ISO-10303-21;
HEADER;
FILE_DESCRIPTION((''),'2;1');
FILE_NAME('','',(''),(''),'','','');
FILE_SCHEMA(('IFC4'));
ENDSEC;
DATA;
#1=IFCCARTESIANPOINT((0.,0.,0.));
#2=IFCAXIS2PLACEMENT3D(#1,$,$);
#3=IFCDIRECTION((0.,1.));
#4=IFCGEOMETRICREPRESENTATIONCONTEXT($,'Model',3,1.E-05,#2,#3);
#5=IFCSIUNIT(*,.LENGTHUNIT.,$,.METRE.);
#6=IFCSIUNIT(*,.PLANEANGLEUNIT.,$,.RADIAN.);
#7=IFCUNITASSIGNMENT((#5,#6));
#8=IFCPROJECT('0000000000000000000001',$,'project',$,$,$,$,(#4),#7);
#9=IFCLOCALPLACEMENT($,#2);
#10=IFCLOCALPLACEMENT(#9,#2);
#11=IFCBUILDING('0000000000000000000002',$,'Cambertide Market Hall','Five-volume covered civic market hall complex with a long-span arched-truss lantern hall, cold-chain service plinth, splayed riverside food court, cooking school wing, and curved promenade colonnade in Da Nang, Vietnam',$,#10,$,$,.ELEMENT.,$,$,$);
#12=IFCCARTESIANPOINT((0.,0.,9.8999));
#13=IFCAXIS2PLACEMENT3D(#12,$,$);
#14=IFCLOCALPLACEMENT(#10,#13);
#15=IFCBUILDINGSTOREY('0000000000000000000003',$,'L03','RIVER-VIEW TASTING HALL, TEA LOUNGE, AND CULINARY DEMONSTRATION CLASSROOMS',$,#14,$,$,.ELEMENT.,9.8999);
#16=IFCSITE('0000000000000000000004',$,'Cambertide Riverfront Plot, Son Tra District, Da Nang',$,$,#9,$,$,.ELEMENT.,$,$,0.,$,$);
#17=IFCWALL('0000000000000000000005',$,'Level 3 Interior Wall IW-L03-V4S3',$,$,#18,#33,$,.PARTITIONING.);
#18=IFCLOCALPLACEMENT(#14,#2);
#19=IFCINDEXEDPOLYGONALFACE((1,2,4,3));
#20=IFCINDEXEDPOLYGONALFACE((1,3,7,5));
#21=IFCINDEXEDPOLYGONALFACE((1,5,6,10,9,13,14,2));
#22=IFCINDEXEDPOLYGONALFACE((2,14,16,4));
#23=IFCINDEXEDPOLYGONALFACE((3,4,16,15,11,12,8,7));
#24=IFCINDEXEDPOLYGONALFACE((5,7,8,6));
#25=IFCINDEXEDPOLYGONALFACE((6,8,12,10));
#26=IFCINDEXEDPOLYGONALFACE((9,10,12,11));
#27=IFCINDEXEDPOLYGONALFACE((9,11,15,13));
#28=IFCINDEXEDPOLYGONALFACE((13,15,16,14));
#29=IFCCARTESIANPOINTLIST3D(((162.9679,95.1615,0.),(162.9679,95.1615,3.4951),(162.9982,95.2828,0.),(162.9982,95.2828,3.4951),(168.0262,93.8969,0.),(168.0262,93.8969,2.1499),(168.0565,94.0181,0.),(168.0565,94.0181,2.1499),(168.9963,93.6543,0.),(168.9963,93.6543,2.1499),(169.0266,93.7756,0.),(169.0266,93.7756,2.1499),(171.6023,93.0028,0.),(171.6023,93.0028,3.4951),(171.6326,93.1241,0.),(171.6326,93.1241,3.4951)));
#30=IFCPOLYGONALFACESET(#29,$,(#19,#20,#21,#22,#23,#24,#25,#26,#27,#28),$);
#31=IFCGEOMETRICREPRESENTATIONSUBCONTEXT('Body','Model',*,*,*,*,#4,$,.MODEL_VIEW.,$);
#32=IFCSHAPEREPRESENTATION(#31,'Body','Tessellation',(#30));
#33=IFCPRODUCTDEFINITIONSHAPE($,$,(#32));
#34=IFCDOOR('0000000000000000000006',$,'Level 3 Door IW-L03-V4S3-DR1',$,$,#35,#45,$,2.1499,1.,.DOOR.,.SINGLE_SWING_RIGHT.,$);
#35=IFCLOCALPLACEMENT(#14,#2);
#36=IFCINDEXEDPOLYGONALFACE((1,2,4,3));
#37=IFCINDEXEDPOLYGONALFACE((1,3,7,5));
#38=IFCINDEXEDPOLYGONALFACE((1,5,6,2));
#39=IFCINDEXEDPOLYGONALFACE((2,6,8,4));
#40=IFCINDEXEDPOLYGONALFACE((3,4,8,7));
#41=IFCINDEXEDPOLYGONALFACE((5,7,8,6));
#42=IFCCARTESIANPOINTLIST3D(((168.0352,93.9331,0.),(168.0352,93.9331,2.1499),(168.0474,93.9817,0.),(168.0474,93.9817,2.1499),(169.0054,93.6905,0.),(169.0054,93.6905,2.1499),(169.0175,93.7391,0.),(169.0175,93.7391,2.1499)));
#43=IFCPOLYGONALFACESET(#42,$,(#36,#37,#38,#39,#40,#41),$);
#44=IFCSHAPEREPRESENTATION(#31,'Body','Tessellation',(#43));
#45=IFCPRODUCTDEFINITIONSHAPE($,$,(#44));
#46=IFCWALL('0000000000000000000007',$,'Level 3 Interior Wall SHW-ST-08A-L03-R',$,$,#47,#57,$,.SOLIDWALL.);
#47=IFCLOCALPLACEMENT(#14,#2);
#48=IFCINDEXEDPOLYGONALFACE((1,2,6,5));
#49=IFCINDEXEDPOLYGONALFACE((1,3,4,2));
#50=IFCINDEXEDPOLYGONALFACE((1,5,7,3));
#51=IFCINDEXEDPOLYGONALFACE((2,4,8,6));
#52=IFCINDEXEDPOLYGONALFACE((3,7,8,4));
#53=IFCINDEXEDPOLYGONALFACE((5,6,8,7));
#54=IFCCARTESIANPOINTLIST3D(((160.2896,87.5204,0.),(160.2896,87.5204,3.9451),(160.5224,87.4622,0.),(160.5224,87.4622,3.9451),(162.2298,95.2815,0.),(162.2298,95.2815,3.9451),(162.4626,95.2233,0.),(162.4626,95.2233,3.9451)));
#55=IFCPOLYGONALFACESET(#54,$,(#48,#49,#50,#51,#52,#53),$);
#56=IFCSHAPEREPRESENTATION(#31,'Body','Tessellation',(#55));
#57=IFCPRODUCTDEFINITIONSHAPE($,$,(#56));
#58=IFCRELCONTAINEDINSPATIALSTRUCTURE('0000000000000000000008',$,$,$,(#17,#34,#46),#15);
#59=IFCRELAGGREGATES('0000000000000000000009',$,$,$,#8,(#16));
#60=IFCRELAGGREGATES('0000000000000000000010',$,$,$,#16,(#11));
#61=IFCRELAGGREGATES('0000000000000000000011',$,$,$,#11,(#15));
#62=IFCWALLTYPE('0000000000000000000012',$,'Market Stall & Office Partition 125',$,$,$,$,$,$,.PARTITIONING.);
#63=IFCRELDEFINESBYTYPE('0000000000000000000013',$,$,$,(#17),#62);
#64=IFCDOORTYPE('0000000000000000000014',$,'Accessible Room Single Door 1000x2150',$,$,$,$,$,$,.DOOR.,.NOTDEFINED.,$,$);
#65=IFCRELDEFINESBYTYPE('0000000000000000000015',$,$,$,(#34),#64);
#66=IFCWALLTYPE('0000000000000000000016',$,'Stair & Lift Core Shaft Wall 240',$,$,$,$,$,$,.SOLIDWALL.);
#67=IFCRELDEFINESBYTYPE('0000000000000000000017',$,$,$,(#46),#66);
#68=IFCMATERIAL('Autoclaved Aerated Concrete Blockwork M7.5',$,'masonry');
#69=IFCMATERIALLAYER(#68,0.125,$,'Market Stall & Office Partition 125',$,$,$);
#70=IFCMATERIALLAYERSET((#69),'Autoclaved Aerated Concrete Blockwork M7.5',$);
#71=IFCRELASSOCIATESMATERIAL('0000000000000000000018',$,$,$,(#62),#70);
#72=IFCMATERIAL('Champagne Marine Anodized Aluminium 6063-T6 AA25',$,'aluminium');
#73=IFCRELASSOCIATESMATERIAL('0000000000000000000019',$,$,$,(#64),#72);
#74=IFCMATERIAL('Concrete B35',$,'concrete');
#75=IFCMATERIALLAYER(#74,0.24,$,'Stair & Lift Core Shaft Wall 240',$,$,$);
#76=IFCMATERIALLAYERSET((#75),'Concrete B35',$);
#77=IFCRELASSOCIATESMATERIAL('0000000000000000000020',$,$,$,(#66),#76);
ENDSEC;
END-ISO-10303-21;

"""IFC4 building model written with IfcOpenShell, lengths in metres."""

from ifc_helpers import new_model, si_unit, direction, frame, frame_2d, origin, place, context, subcontext, project, spatial, rectangle, extrude, material, layer, layer_set, type_object, element, fill, save


model = new_model("IFC4")

# Units and contexts
model_context = context("Model", 3, precision=1e-05, world=origin(), true_north=direction((0.0, 1.0)))
body_context = subcontext(model_context, "Body", "Model", "MODEL_VIEW")
ifc_project = project(units=[si_unit("LENGTHUNIT", "METRE"), si_unit("PLANEANGLEUNIT", "RADIAN")], contexts=[model_context])

# Site, building, storey
site_placement = place(None, origin())
site = spatial("IfcSite", under=ifc_project, at=site_placement, Name="Cambertide Riverfront Plot, Son Tra District, Da Nang", CompositionType="ELEMENT", RefElevation=0.0)
building_placement = place(site_placement, origin())
building = spatial("IfcBuilding", under=site, at=building_placement, Name="Cambertide Market Hall", Description="Five-volume covered civic market hall complex with a long-span arched-truss lantern hall, cold-chain service plinth, splayed riverside food court, cooking school wing, and curved promenade colonnade in Da Nang, Vietnam", CompositionType="ELEMENT")
storey_placement = place(building_placement, frame((0.0, 0.0, 9.8999)))
storey = spatial("IfcBuildingStorey", under=building, at=storey_placement, Name="L03", Description="RIVER-VIEW TASTING HALL, TEA LOUNGE, AND CULINARY DEMONSTRATION CLASSROOMS", CompositionType="ELEMENT", Elevation=9.8999)

# Wall, opening, door
ifc_material_1 = material(Name="Autoclaved Aerated Concrete Blockwork M7.5", Category="masonry")
ifc_layer_1 = layer(ifc_material_1, 0.125, Name="Market Stall & Office Partition 125")
ifc_layer_set_1 = layer_set([ifc_layer_1], Name="Autoclaved Aerated Concrete Blockwork M7.5")
wall_type_1 = type_object("IfcWallType", Name="Market Stall & Office Partition 125", PredefinedType="PARTITIONING", material=ifc_layer_set_1)
wall_1_placement = place(storey_placement, frame((162.9829, 95.2222, 0.0), z_axis=(0.0, 0.0, 1.0), x_axis=(0.970139, -0.242549, 0.0)))
wall_1 = element("IfcWall", 1, at=wall_1_placement, inside=storey, type_object=wall_type_1, Name="Level 3 Interior Wall IW-L03-V4S3", PredefinedType="PARTITIONING", context=body_context, shape_type="SweptSolid", body=[
    extrude(rectangle(XDim=8.9001, YDim=0.125, at=frame_2d((4.4502, 0.0))), origin(), (0.0, 0.0, 1.0), 3.4951),
])
opening_placement = place(wall_1_placement, frame((5.2141, 0.0, 0.0)))
opening = element("IfcOpeningElement", 2, at=opening_placement, cuts=wall_1, PredefinedType="OPENING", context=body_context, shape_type="SweptSolid", body=[
    extrude(rectangle(XDim=1.0, YDim=2.1499, at=frame_2d((0.5, 1.075))), frame((0.0, 0.0725, 0.0), z_axis=(0.0, -1.0, 0.0), x_axis=(1.0, 0.0, 0.0)), (0.0, 0.0, 1.0), 0.145),
])
ifc_material_2 = material(Name="Champagne Marine Anodized Aluminium 6063-T6 AA25", Category="aluminium")
door_type = type_object("IfcDoorType", Name="Accessible Room Single Door 1000x2150", OperationType="NOTDEFINED", PredefinedType="DOOR", material=ifc_material_2)
door_placement = place(opening_placement, origin())
door = element("IfcDoor", 3, at=door_placement, inside=storey, type_object=door_type, Name="Level 3 Door IW-L03-V4S3-DR1", OperationType="SINGLE_SWING_RIGHT", OverallHeight=2.1499, OverallWidth=1.0, PredefinedType="DOOR", context=body_context, shape_type="SweptSolid", body=[
    extrude(rectangle(XDim=1.0, YDim=2.1499, at=frame_2d((0.5, 1.075))), frame((0.0, 0.0249, 0.0), z_axis=(0.0, -1.0, 0.0), x_axis=(1.0, 0.0, 0.0)), (0.0, 0.0, 1.0), 0.05),
])
fill(opening, door)

# Wall
ifc_material_3 = material(Name="Concrete B35", Category="concrete")
ifc_layer_2 = layer(ifc_material_3, 0.24, Name="Stair & Lift Core Shaft Wall 240")
ifc_layer_set_2 = layer_set([ifc_layer_2], Name="Concrete B35")
wall_type_2 = type_object("IfcWallType", Name="Stair & Lift Core Shaft Wall 240", PredefinedType="SOLIDWALL", material=ifc_layer_set_2)
wall_2_placement = place(storey_placement, frame((162.3462, 95.2524, 0.0), z_axis=(0.0, 0.0, 1.0), x_axis=(-0.242521, -0.970146, 0.0)))
element("IfcWall", 4, at=wall_2_placement, inside=storey, type_object=wall_type_2, Name="Level 3 Interior Wall SHW-ST-08A-L03-R", PredefinedType="SOLIDWALL", context=body_context, shape_type="SweptSolid", body=[
    extrude(rectangle(XDim=8.0, YDim=0.24, at=frame_2d((4.0, 0.0))), origin(), (0.0, 0.0, 1.0), 3.9451),
])

save(model, "model.ifc")
